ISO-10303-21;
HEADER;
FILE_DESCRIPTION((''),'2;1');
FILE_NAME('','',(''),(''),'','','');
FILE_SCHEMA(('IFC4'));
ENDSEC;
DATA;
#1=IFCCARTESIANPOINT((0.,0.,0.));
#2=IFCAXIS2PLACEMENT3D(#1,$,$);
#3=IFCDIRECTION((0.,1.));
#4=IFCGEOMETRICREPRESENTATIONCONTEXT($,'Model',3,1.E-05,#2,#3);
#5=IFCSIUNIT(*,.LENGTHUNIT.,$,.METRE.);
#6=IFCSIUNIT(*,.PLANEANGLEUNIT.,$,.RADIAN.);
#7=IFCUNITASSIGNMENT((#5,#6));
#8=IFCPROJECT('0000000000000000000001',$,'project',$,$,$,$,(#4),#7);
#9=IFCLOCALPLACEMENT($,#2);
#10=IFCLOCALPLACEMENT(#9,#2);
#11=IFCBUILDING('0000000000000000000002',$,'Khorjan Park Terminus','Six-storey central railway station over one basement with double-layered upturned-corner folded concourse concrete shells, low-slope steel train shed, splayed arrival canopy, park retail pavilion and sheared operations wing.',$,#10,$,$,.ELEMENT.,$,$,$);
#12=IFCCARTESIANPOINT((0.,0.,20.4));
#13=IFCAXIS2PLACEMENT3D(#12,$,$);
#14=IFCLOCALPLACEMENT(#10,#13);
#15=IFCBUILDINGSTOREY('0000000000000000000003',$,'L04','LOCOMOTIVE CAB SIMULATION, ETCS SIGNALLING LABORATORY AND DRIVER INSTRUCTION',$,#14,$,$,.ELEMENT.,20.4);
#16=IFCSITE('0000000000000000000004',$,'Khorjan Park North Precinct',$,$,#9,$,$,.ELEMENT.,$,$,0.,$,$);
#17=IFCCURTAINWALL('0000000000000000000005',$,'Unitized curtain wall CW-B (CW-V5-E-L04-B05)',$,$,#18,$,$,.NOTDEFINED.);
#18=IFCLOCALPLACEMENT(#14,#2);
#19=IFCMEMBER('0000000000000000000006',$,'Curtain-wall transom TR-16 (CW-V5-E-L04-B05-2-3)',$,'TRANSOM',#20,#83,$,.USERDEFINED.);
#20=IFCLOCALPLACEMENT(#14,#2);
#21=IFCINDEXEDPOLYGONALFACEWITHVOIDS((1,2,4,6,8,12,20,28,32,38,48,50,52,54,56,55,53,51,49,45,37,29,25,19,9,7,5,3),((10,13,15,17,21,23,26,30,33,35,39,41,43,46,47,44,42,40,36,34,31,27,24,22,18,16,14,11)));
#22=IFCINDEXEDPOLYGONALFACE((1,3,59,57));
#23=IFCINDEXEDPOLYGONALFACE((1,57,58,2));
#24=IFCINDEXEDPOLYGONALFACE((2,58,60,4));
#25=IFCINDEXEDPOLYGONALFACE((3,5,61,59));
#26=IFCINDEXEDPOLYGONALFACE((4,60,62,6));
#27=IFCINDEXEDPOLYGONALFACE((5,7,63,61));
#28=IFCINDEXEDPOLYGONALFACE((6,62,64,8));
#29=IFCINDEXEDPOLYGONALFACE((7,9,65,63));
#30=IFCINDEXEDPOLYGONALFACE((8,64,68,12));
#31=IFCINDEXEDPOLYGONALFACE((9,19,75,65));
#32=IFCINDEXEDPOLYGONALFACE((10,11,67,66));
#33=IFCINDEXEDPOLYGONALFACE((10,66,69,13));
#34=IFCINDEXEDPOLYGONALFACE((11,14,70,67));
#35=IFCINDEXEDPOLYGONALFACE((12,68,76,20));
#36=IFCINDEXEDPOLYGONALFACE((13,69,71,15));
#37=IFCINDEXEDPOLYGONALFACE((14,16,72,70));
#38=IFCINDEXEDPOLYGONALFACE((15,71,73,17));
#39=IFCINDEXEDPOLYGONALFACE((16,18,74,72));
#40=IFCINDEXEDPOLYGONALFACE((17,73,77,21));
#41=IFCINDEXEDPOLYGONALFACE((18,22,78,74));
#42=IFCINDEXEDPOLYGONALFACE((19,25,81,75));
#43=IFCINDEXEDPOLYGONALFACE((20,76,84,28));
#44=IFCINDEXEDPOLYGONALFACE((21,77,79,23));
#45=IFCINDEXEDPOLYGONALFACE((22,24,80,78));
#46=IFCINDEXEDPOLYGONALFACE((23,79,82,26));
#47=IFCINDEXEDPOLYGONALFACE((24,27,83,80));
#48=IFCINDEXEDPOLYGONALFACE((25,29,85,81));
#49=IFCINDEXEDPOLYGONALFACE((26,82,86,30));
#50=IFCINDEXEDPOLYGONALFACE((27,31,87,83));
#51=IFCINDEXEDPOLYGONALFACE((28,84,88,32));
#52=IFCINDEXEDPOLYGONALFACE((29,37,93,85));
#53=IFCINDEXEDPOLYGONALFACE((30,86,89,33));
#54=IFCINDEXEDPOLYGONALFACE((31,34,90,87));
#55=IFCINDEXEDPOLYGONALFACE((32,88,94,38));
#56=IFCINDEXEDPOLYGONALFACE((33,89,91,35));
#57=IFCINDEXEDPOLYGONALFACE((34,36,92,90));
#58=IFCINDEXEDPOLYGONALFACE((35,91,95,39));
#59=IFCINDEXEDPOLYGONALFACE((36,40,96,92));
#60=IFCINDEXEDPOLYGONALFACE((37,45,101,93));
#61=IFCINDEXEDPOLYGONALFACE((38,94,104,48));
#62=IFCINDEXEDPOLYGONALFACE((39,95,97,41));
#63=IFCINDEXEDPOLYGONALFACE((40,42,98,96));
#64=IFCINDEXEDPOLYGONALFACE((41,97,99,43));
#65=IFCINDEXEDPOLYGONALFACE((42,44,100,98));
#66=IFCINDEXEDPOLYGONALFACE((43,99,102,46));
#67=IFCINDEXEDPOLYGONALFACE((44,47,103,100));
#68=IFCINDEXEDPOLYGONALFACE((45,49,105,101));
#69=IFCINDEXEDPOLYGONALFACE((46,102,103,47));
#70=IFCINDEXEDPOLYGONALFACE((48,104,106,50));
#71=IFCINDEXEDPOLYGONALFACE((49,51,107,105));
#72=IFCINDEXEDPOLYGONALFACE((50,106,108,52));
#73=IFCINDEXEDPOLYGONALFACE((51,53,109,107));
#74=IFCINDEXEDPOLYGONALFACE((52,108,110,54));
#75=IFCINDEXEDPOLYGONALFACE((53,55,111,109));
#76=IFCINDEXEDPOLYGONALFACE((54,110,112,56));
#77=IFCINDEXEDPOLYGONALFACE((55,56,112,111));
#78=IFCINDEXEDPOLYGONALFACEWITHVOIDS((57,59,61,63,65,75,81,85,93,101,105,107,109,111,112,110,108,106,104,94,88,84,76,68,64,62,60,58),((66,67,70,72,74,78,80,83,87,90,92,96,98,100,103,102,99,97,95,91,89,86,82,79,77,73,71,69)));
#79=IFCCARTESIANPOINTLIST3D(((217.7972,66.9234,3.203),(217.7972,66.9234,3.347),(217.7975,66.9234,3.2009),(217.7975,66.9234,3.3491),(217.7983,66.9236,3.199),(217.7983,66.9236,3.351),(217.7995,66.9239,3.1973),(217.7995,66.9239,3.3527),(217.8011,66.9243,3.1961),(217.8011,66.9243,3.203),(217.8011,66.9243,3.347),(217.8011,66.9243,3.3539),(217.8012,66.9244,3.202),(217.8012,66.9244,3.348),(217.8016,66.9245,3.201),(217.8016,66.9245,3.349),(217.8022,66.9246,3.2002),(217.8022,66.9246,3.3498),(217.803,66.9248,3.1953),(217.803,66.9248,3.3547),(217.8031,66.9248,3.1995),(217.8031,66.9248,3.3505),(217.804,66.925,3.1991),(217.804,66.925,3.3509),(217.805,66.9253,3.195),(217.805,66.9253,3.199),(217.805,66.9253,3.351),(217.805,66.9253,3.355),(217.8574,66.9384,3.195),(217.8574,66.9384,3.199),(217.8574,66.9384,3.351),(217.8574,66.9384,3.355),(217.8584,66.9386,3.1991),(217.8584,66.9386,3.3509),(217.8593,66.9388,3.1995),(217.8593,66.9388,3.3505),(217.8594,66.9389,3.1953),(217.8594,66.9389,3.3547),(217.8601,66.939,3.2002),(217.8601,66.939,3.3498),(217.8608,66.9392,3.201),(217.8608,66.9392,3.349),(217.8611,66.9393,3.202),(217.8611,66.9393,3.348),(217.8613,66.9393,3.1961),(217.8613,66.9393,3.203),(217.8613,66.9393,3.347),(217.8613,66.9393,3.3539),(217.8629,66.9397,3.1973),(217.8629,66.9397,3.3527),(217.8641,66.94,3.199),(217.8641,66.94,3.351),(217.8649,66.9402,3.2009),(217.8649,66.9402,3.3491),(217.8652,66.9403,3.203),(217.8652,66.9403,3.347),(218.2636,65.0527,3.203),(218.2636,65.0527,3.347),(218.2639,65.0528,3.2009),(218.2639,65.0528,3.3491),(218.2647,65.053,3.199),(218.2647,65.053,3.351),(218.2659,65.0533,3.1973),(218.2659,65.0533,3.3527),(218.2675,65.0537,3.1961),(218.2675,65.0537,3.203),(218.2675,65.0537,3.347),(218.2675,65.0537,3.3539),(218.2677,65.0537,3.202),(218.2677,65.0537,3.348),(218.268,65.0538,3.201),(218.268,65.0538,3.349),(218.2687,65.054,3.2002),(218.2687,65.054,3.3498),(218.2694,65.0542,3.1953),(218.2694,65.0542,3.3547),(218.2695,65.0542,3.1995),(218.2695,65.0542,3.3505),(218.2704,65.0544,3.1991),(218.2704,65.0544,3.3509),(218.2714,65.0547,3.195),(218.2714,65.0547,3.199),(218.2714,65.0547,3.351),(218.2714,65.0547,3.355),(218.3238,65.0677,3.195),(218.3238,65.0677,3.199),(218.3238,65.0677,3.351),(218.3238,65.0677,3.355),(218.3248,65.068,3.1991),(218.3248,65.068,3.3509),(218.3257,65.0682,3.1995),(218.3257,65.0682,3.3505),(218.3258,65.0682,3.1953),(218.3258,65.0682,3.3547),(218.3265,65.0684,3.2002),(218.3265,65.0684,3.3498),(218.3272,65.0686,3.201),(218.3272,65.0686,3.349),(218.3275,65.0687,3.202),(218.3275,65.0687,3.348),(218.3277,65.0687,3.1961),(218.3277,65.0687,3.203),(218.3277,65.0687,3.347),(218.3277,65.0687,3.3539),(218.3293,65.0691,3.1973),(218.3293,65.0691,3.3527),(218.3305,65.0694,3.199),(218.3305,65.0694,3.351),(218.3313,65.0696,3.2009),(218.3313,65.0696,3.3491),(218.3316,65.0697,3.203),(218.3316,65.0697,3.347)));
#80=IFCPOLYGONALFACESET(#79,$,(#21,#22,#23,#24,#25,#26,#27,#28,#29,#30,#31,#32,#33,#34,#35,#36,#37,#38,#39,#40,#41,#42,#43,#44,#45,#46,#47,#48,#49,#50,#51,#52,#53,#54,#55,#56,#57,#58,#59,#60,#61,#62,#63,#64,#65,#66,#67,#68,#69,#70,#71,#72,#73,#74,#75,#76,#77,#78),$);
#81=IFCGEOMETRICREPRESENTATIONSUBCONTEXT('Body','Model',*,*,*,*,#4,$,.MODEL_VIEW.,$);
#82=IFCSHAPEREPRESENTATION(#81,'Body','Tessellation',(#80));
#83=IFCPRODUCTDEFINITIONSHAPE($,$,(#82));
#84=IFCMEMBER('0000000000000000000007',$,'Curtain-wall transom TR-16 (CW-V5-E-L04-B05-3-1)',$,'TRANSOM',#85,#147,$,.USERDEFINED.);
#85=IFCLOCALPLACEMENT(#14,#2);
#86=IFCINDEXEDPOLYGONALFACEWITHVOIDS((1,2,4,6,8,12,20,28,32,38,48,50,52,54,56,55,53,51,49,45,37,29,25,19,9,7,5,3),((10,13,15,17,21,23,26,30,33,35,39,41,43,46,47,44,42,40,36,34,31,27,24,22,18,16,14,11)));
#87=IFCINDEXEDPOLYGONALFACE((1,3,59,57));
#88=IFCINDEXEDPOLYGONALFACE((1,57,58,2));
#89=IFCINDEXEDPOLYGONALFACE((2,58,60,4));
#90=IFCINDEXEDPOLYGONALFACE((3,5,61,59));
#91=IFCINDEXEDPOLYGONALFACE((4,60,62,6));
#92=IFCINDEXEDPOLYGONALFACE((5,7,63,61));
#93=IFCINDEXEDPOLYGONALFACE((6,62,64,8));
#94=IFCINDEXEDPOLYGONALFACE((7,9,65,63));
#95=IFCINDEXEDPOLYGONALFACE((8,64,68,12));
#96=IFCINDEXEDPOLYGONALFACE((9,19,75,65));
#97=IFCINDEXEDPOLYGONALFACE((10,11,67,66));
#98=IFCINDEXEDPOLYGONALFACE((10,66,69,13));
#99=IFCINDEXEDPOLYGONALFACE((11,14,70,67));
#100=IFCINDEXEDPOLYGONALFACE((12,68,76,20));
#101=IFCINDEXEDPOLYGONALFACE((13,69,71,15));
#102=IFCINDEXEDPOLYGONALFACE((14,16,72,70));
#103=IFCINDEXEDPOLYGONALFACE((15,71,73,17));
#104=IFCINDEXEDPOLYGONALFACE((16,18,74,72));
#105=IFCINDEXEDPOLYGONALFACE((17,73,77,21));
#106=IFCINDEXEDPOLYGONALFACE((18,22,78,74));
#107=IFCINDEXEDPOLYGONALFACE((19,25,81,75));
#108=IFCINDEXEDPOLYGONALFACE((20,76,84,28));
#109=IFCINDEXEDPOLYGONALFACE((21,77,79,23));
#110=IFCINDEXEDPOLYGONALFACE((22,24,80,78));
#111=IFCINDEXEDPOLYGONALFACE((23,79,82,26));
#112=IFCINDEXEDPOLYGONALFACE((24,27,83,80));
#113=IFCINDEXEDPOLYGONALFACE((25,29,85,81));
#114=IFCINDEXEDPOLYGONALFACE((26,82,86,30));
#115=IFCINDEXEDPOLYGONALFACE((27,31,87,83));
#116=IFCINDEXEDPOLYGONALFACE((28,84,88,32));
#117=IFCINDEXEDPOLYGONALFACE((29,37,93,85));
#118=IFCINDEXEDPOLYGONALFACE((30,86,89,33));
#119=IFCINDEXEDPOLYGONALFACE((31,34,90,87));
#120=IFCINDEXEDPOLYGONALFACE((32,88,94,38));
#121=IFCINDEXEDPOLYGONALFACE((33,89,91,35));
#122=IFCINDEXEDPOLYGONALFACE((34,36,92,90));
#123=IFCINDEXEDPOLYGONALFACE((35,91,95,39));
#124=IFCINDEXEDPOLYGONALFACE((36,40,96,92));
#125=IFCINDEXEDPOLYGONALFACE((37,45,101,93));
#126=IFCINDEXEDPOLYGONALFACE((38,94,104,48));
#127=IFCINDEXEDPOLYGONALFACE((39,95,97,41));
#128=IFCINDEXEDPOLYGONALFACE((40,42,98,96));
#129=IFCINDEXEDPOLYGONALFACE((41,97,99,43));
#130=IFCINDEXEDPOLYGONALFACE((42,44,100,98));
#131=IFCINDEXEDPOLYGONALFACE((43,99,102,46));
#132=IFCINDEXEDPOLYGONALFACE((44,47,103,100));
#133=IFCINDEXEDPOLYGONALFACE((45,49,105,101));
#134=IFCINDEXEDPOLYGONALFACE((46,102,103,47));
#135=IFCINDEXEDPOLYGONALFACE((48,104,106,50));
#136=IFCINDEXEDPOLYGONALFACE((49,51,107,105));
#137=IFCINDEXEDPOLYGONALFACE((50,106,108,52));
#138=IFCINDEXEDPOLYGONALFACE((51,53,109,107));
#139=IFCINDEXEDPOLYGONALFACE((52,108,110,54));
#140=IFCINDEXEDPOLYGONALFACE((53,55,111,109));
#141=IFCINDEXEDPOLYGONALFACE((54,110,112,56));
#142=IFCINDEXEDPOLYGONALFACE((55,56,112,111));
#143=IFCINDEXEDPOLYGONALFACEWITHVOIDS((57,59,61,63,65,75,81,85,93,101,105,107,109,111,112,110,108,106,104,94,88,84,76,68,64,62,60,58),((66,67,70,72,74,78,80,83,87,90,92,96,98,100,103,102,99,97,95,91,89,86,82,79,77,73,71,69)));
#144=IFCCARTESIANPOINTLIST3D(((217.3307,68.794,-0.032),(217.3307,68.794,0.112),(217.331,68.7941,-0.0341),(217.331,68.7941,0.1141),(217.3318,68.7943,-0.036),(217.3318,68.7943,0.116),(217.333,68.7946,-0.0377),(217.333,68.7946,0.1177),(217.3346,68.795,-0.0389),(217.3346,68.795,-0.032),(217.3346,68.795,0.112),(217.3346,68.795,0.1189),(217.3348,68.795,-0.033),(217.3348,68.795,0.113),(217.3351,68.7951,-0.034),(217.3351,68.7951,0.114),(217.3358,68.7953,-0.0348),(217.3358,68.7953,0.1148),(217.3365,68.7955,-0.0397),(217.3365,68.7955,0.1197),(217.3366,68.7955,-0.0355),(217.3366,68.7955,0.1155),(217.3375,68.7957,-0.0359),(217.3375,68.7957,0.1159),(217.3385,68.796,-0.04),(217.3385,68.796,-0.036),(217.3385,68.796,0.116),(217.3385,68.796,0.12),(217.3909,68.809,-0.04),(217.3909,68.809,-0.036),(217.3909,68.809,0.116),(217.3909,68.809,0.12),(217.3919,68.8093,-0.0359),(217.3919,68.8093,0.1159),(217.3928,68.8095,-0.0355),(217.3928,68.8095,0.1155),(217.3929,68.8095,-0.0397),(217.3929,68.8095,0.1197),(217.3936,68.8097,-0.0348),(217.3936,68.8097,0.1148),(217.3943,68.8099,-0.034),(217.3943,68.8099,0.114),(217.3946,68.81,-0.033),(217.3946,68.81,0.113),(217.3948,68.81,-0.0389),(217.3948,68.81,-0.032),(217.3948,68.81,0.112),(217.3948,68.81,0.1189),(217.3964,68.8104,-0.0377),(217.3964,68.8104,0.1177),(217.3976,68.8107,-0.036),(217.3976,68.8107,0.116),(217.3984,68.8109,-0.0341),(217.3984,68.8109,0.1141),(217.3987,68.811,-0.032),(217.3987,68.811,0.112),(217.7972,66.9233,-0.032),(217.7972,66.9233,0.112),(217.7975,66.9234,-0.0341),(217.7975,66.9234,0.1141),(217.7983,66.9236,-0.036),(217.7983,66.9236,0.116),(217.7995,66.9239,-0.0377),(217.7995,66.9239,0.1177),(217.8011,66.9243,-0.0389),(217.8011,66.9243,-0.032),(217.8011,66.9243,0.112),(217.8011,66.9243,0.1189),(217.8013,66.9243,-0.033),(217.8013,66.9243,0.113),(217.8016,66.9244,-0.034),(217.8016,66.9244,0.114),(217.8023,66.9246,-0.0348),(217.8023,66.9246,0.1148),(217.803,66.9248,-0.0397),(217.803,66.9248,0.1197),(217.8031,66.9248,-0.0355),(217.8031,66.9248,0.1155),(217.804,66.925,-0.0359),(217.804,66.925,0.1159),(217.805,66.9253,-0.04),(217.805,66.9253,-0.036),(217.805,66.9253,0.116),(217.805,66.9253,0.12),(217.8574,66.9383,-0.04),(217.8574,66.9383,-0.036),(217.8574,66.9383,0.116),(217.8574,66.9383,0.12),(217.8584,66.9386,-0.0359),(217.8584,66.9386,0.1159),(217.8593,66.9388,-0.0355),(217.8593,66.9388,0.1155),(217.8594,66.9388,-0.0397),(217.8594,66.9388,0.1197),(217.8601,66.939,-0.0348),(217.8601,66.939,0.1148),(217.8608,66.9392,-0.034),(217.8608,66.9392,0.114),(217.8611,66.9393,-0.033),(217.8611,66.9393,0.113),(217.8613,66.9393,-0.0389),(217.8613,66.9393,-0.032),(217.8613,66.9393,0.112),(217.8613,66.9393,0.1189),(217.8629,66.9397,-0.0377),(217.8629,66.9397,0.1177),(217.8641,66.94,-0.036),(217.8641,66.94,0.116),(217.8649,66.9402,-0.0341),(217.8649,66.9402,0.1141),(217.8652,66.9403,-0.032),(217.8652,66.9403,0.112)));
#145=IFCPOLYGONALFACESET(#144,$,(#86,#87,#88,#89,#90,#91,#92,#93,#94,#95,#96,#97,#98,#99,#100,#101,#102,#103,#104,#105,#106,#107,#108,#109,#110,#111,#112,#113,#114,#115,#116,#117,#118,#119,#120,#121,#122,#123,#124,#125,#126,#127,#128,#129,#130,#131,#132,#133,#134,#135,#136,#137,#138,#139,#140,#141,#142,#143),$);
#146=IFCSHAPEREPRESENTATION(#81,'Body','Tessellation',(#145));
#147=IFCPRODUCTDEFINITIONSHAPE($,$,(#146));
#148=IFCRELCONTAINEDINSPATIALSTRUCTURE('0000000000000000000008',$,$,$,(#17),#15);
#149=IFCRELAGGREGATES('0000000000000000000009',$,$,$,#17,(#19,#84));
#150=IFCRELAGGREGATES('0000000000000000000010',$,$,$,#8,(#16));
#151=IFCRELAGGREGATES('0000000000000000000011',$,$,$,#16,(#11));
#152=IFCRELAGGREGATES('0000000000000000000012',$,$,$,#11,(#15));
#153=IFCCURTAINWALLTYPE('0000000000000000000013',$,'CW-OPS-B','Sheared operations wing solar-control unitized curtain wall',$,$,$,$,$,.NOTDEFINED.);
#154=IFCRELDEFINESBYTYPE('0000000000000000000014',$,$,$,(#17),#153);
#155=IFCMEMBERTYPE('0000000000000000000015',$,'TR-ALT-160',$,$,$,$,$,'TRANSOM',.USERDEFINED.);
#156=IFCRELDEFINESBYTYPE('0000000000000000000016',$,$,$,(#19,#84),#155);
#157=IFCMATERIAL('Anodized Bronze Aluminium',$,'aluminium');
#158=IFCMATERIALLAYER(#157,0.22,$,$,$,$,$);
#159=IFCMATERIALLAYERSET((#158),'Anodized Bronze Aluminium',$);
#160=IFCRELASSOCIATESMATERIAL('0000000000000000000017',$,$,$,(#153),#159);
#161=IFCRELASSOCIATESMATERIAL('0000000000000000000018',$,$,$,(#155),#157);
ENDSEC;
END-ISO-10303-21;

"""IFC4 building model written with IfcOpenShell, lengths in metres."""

from ifc_helpers import new_model, si_unit, direction, frame, origin, origin_2d, place, context, subcontext, project, spatial, hollow_rectangle, extrude, material, layer, layer_set, material_profile, profile_set, type_object, element, aggregate, save


model = new_model("IFC4")

# Units and contexts
model_context = context("Model", 3, precision=1e-05, world=origin(), true_north=direction((0.0, 1.0)))
body_context = subcontext(model_context, "Body", "Model", "MODEL_VIEW")
ifc_project = project(units=[si_unit("LENGTHUNIT", "METRE"), si_unit("PLANEANGLEUNIT", "RADIAN")], contexts=[model_context])

# Site, building, storey
site_placement = place(None, origin())
site = spatial("IfcSite", under=ifc_project, at=site_placement, Name="Khorjan Park North Precinct", CompositionType="ELEMENT", RefElevation=0.0)
building_placement = place(site_placement, origin())
building = spatial("IfcBuilding", under=site, at=building_placement, Name="Khorjan Park Terminus", Description="Six-storey central railway station over one basement with double-layered upturned-corner folded concourse concrete shells, low-slope steel train shed, splayed arrival canopy, park retail pavilion and sheared operations wing.", CompositionType="ELEMENT")
storey_placement = place(building_placement, frame((0.0, 0.0, 20.4)))
storey = spatial("IfcBuildingStorey", under=building, at=storey_placement, Name="L04", Description="LOCOMOTIVE CAB SIMULATION, ETCS SIGNALLING LABORATORY AND DRIVER INSTRUCTION", CompositionType="ELEMENT", Elevation=20.4)

# Curtain wall, members
ifc_material_1 = material(Name="Anodized Bronze Aluminium", Category="aluminium")
ifc_layer_1 = layer(ifc_material_1, 0.22)
ifc_layer_set_1 = layer_set([ifc_layer_1], Name="Anodized Bronze Aluminium")
curtain_wall_type = type_object("IfcCurtainWallType", Name="CW-OPS-B", Description="Sheared operations wing solar-control unitized curtain wall", PredefinedType="NOTDEFINED", material=ifc_layer_set_1)
curtain_wall_placement = place(storey_placement, origin())
curtain_wall = element("IfcCurtainWall", 1, at=curtain_wall_placement, inside=storey, type_object=curtain_wall_type, Name="Unitized curtain wall CW-B (CW-V5-E-L04-B05)", PredefinedType="NOTDEFINED")
ifc_material_profile_1 = material_profile(ifc_material_1, hollow_rectangle(XDim=0.07, YDim=0.16, WallThickness=0.004, InnerFilletRadius=0.004, OuterFilletRadius=0.008, at=origin_2d()), Name="ALT 70x160x4")
ifc_profile_set_1 = profile_set([ifc_material_profile_1], Name="Anodized Bronze Aluminium")
member_type_1 = type_object("IfcMemberType", Name="TR-ALT-160", ElementType="TRANSOM", PredefinedType="USERDEFINED", material=ifc_profile_set_1)
member_1_placement = place(storey_placement, frame((218.2976, 65.0612, 3.275), z_axis=(-0.241925, 0.970295, 0.0), x_axis=(-0.970295, -0.241925, 0.0)))
member_1 = element("IfcMember", 2, at=member_1_placement, type_object=member_type_1, Name="Curtain-wall transom TR-16 (CW-V5-E-L04-B05-2-3)", ObjectType="TRANSOM", PredefinedType="USERDEFINED", context=body_context, shape_type="SweptSolid", body=[
    extrude(hollow_rectangle(XDim=0.07, YDim=0.16, WallThickness=0.004, InnerFilletRadius=0.004, OuterFilletRadius=0.008, at=origin_2d()), origin(), (0.0, 0.0, 1.0), 1.9279),
])
member_2_placement = place(storey_placement, frame((217.8312, 66.9318, 0.04), z_axis=(-0.241962, 0.970286, 0.0), x_axis=(-0.970286, -0.241962, 0.0)))
member_2 = element("IfcMember", 3, at=member_2_placement, type_object=member_type_1, Name="Curtain-wall transom TR-16 (CW-V5-E-L04-B05-3-1)", ObjectType="TRANSOM", PredefinedType="USERDEFINED", context=body_context, shape_type="SweptSolid", body=[
    extrude(hollow_rectangle(XDim=0.07, YDim=0.16, WallThickness=0.004, InnerFilletRadius=0.004, OuterFilletRadius=0.008, at=origin_2d()), origin(), (0.0, 0.0, 1.0), 1.928),
])
aggregate(curtain_wall, [member_1, member_2])

save(model, "model.ifc")
